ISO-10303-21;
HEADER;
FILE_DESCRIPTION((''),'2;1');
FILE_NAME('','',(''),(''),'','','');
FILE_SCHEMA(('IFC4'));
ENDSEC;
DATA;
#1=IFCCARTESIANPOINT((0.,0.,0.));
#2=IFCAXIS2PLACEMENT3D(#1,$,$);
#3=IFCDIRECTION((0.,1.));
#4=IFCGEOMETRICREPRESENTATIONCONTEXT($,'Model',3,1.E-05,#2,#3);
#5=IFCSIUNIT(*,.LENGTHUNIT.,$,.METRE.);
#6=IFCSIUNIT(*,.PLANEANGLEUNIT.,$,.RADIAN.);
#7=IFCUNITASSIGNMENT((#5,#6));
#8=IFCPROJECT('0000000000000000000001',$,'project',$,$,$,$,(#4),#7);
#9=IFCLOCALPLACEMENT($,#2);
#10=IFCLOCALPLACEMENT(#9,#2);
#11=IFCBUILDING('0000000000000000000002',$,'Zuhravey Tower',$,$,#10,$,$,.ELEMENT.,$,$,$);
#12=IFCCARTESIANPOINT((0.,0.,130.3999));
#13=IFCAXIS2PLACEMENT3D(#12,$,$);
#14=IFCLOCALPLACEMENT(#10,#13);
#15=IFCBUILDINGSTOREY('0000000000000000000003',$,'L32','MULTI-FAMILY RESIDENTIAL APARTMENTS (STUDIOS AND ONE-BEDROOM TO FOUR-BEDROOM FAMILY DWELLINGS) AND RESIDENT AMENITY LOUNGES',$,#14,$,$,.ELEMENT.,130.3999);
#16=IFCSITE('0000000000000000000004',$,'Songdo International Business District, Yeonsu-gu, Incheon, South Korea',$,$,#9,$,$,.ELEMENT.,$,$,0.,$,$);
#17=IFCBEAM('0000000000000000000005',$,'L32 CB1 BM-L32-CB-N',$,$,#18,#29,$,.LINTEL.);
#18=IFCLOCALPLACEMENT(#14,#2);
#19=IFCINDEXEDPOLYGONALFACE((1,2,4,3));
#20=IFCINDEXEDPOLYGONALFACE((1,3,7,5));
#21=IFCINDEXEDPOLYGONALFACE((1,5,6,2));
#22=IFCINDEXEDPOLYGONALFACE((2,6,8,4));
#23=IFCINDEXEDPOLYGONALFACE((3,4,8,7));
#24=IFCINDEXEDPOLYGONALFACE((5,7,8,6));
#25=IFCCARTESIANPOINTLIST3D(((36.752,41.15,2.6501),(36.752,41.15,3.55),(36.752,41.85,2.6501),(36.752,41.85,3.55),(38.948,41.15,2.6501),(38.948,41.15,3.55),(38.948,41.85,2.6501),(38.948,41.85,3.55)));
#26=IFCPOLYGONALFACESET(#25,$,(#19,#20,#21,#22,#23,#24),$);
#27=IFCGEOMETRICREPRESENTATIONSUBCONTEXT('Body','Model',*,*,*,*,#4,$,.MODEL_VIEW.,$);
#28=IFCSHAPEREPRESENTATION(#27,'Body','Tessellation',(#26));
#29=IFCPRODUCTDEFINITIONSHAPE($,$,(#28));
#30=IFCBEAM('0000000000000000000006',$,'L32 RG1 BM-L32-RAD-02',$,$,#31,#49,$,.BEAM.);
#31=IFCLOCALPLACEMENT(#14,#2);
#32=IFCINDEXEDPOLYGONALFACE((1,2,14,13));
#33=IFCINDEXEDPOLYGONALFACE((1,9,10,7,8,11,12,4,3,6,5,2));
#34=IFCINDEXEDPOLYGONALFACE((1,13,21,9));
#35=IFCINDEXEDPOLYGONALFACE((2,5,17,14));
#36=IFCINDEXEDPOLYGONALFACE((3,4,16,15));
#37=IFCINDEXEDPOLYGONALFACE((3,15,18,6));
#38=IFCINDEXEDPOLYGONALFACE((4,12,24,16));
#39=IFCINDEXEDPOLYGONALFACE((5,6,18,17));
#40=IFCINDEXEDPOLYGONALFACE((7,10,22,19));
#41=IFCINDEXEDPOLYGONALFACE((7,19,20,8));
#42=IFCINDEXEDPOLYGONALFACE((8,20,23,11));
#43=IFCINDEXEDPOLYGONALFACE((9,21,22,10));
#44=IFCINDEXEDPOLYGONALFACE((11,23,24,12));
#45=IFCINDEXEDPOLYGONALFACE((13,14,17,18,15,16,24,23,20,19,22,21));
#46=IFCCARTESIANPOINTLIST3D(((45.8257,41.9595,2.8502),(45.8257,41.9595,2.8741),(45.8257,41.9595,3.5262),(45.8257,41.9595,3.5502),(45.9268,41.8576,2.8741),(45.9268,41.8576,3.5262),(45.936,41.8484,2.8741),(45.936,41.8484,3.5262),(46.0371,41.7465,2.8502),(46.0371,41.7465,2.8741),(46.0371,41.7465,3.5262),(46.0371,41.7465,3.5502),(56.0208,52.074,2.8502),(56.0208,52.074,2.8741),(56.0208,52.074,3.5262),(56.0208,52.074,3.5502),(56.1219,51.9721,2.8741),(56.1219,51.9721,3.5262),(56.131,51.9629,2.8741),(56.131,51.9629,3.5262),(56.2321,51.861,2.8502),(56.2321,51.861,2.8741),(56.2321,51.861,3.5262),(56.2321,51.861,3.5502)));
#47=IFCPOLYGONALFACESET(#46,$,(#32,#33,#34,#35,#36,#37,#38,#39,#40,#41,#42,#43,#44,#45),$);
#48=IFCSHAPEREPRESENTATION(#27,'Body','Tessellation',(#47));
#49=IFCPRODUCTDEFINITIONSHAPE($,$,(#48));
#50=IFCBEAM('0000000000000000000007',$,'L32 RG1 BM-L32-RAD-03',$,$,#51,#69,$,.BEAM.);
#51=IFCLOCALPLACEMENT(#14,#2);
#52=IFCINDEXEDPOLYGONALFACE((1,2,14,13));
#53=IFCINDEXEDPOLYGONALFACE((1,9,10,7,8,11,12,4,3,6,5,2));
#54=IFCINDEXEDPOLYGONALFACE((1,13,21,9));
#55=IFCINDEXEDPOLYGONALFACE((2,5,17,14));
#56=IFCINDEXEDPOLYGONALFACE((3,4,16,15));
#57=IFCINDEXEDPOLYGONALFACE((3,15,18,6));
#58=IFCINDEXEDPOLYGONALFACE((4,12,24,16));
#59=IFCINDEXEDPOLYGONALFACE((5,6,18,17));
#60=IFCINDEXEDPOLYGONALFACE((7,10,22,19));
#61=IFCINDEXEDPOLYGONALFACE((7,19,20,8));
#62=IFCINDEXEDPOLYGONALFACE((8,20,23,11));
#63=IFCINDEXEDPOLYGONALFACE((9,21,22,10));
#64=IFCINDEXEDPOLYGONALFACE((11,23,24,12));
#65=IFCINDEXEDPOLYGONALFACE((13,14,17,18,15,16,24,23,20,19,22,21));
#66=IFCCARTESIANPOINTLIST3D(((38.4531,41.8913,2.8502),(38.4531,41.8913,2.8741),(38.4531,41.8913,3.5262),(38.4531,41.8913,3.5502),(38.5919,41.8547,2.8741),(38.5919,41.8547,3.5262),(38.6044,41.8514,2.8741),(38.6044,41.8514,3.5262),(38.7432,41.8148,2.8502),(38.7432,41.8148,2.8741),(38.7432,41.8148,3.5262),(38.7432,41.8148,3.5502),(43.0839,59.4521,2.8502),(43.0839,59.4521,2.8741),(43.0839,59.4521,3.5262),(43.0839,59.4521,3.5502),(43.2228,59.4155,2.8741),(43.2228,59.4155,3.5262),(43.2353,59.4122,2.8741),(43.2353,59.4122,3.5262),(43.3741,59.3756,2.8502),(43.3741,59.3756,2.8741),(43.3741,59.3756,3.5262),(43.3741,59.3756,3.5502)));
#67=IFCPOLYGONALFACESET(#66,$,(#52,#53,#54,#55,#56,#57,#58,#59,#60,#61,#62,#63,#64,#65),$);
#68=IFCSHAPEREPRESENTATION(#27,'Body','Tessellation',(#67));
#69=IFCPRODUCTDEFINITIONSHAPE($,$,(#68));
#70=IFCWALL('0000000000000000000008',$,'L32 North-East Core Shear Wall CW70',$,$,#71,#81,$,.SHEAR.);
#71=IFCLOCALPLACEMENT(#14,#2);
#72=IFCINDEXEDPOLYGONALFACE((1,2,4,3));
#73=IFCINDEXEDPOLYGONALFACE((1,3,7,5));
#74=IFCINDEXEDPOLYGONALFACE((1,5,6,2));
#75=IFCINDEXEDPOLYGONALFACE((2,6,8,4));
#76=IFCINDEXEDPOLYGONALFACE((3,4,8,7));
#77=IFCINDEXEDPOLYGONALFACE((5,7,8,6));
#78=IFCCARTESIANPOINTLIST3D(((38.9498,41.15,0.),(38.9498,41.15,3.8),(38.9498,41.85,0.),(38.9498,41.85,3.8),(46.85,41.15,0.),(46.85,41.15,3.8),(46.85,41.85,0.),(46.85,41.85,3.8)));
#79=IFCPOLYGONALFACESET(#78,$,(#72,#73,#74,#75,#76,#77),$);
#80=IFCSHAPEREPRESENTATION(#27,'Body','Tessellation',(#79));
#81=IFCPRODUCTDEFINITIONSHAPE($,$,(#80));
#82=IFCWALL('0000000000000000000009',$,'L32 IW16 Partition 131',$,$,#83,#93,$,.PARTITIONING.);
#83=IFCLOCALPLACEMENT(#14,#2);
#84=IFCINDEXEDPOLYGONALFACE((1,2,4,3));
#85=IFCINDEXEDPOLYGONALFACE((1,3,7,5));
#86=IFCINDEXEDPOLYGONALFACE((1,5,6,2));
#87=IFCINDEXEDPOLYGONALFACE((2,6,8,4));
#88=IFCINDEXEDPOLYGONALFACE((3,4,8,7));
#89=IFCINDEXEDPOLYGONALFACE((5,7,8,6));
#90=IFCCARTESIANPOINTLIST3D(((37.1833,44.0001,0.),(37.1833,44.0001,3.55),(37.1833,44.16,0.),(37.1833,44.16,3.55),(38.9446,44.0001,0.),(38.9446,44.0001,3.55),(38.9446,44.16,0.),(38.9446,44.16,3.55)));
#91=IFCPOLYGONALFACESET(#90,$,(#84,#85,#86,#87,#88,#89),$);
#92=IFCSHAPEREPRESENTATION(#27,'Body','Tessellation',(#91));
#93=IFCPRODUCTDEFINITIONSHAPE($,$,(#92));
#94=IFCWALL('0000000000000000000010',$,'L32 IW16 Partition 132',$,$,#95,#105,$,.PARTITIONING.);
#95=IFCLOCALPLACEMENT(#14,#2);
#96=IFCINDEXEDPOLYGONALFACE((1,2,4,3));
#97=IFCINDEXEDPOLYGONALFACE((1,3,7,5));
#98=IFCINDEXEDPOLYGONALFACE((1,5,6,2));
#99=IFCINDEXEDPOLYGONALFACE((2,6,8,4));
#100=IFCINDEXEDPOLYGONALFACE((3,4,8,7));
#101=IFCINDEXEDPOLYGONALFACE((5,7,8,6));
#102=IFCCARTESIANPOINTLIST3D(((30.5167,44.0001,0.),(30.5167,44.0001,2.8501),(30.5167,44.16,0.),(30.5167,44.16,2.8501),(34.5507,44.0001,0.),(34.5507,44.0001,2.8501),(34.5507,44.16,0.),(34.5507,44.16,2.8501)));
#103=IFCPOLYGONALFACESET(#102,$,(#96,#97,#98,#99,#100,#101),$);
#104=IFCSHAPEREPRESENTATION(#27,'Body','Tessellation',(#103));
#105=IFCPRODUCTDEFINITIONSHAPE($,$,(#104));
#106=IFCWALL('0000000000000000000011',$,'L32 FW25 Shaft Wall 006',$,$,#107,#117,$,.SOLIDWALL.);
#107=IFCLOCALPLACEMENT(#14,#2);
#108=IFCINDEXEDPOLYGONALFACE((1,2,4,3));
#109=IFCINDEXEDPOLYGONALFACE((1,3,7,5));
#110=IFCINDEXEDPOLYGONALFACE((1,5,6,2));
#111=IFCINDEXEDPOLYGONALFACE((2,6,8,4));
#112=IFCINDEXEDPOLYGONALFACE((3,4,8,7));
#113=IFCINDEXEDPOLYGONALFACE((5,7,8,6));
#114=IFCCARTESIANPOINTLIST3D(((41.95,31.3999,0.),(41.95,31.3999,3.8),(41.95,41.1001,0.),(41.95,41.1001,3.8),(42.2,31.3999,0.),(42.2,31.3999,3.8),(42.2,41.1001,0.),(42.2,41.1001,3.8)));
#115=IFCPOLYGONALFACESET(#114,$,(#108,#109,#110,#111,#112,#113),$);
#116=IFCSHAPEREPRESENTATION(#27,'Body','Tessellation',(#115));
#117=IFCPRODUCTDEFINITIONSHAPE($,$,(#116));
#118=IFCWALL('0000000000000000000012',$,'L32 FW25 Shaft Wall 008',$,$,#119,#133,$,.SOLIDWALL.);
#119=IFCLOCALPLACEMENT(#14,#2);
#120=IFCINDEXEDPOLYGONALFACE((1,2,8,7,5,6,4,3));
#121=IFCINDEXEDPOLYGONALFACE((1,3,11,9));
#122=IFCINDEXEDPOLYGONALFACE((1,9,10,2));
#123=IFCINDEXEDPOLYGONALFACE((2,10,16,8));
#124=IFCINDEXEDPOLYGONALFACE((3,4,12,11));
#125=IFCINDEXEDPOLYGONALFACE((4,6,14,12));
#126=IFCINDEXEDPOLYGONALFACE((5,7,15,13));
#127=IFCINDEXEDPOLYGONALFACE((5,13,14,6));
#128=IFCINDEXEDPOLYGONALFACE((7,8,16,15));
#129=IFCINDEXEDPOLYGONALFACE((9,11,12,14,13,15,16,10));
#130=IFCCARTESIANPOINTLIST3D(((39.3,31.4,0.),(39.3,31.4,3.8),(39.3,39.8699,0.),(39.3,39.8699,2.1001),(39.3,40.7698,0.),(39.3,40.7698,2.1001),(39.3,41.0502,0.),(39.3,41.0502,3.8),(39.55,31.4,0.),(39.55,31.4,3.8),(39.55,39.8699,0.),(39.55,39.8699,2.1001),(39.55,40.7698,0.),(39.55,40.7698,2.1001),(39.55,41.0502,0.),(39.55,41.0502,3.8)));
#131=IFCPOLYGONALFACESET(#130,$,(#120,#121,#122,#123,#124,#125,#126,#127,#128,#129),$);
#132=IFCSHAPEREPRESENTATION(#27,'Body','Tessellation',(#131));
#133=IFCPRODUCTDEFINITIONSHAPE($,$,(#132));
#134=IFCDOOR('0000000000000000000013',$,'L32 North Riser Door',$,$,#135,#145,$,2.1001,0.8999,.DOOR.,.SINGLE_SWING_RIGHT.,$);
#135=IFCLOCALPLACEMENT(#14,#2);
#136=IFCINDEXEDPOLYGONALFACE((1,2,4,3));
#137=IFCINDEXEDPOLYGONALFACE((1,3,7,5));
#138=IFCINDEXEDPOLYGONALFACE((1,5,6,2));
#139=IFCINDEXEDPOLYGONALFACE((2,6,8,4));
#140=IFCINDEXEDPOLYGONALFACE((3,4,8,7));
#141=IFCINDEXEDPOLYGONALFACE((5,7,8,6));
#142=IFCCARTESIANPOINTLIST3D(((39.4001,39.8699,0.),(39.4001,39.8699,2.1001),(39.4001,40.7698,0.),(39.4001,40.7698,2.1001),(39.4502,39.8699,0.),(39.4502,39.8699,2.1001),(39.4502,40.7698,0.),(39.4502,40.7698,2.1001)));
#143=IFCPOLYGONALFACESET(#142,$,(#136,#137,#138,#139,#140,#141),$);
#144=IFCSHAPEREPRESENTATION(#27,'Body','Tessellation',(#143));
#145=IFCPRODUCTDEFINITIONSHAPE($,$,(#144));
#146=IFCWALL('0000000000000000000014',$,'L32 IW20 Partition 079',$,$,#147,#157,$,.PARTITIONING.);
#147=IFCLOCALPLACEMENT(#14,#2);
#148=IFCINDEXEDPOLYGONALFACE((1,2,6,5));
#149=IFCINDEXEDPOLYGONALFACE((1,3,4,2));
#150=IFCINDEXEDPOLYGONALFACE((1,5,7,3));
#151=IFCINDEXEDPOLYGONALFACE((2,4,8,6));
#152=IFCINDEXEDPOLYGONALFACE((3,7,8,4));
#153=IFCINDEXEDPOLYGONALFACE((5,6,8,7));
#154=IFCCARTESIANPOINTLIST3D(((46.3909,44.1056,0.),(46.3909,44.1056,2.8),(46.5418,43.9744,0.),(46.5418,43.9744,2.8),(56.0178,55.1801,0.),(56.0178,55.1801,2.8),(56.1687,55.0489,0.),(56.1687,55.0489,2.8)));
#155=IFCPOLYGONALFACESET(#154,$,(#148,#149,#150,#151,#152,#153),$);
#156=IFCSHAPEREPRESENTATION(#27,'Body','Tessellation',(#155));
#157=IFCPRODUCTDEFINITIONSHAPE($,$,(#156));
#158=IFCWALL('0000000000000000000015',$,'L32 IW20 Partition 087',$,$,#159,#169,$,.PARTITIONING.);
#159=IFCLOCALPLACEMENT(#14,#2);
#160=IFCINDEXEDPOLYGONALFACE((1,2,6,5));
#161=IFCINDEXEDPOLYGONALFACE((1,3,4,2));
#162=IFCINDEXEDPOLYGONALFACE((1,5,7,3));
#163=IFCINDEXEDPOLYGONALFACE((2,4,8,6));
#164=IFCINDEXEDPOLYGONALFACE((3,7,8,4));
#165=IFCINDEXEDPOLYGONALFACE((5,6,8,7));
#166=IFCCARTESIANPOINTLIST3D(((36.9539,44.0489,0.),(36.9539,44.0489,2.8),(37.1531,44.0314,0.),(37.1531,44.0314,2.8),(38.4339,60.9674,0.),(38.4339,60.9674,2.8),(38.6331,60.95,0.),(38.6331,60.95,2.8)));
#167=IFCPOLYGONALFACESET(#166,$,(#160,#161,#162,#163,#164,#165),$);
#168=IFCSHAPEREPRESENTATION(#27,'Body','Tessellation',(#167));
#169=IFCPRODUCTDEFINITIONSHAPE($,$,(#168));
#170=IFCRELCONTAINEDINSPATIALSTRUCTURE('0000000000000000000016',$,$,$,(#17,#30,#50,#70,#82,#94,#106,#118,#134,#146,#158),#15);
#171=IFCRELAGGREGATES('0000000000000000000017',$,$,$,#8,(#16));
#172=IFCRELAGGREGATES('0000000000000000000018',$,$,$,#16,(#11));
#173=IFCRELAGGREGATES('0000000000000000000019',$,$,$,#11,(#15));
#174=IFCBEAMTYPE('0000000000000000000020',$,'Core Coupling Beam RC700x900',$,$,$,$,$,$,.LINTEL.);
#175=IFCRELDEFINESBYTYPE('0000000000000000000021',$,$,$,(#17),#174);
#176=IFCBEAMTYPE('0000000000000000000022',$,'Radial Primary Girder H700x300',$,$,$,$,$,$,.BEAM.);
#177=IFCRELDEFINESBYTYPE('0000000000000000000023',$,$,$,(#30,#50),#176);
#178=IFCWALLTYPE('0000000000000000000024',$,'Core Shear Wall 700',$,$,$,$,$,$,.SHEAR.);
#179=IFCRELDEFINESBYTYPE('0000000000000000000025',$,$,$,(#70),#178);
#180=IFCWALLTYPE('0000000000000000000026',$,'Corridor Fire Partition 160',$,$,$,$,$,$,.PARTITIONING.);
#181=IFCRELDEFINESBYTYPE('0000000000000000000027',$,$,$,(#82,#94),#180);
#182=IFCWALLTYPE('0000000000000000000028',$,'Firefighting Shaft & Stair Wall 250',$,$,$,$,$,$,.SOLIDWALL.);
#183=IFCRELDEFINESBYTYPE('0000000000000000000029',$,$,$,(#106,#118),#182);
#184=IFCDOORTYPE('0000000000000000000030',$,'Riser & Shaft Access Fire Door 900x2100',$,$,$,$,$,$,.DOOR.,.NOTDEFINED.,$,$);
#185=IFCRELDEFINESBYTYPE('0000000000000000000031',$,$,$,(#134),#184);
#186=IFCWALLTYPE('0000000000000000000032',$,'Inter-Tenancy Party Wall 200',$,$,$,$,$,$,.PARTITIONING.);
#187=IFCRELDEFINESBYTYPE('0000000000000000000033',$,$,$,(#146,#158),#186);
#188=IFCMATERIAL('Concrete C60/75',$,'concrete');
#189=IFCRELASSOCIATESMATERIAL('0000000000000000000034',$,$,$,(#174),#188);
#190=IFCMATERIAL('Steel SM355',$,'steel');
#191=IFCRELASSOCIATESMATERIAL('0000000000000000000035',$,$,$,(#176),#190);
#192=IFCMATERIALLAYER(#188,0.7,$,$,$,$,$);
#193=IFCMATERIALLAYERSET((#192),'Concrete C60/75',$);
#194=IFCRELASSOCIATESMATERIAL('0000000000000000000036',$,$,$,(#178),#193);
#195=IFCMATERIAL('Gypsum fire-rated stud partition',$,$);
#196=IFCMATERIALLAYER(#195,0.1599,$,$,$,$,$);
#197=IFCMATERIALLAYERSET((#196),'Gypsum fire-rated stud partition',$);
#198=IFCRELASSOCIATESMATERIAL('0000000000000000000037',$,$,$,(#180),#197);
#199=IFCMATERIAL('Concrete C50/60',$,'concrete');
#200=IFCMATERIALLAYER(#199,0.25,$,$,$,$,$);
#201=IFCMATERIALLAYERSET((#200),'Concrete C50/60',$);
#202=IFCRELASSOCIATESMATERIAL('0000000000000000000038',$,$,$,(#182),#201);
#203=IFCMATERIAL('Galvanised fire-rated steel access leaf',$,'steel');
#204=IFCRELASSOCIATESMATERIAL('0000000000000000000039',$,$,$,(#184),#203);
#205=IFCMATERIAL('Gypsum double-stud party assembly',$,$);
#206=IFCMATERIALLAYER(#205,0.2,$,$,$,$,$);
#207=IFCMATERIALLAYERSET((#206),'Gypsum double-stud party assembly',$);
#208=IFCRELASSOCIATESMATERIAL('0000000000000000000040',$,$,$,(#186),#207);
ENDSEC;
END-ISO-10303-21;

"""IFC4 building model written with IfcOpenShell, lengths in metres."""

from ifc_helpers import new_model, si_unit, direction, frame, frame_2d, origin, origin_2d, place, context, subcontext, project, spatial, rectangle, i_section, extrude, material, layer, layer_set, material_profile, profile_set, type_object, element, fill, save


model = new_model("IFC4")

# Units and contexts
model_context = context("Model", 3, precision=1e-05, world=origin(), true_north=direction((0.0, 1.0)))
body_context = subcontext(model_context, "Body", "Model", "MODEL_VIEW")
ifc_project = project(units=[si_unit("LENGTHUNIT", "METRE"), si_unit("PLANEANGLEUNIT", "RADIAN")], contexts=[model_context])

# Site, building, storey
site_placement = place(None, origin())
site = spatial("IfcSite", under=ifc_project, at=site_placement, Name="Songdo International Business District, Yeonsu-gu, Incheon, South Korea", CompositionType="ELEMENT", RefElevation=0.0)
building_placement = place(site_placement, origin())
building = spatial("IfcBuilding", under=site, at=building_placement, Name="Zuhravey Tower", CompositionType="ELEMENT")
storey_placement = place(building_placement, frame((0.0, 0.0, 130.3999)))
storey = spatial("IfcBuildingStorey", under=building, at=storey_placement, Name="L32", Description="MULTI-FAMILY RESIDENTIAL APARTMENTS (STUDIOS AND ONE-BEDROOM TO FOUR-BEDROOM FAMILY DWELLINGS) AND RESIDENT AMENITY LOUNGES", CompositionType="ELEMENT", Elevation=130.3999)

# Beams
ifc_material_1 = material(Name="Concrete C60/75", Category="concrete")
ifc_material_profile_1 = material_profile(ifc_material_1, rectangle(XDim=0.7, YDim=0.8999, at=origin_2d()), Name="RC-700x900")
ifc_profile_set_1 = profile_set([ifc_material_profile_1], Name="Concrete C60/75")
beam_type_1 = type_object("IfcBeamType", Name="Core Coupling Beam RC700x900", PredefinedType="LINTEL", material=ifc_profile_set_1)
beam_1_placement = place(storey_placement, frame((36.752, 41.5, 3.1001), z_axis=(1.0, 0.0, 0.0), x_axis=(0.0, 1.0, 0.0)))
element("IfcBeam", 1, at=beam_1_placement, inside=storey, type_object=beam_type_1, Name="L32 CB1 BM-L32-CB-N", PredefinedType="LINTEL", context=body_context, shape_type="SweptSolid", body=[
    extrude(rectangle(XDim=0.7, YDim=0.8999, at=origin_2d()), origin(), (0.0, 0.0, 1.0), 2.196),
])
ifc_material_2 = material(Name="Steel SM355", Category="steel")
ifc_material_profile_2 = material_profile(ifc_material_2, i_section(OverallWidth=0.3, OverallDepth=0.7, WebThickness=0.0129, FlangeThickness=0.0239, at=origin_2d()), Name="H-700x300x13x24")
ifc_profile_set_2 = profile_set([ifc_material_profile_2], Name="Steel SM355")
beam_type_2 = type_object("IfcBeamType", Name="Radial Primary Girder H700x300", PredefinedType="BEAM", material=ifc_profile_set_2)
beam_2_placement = place(storey_placement, frame((45.9314, 41.853, 3.2002), z_axis=(0.709906, 0.704296, 0.0), x_axis=(-0.704296, 0.709906, 0.0)))
element("IfcBeam", 2, at=beam_2_placement, inside=storey, type_object=beam_type_2, Name="L32 RG1 BM-L32-RAD-02", PredefinedType="BEAM", context=body_context, shape_type="SweptSolid", body=[
    extrude(i_section(OverallWidth=0.3, OverallDepth=0.7, WebThickness=0.0129, FlangeThickness=0.0239, at=origin_2d()), origin(), (0.0, 0.0, 1.0), 14.3611),
])
beam_3_placement = place(storey_placement, frame((38.5981, 41.853, 3.2002), z_axis=(0.254988, 0.966944, 0.0), x_axis=(-0.966944, 0.254988, 0.0)))
element("IfcBeam", 3, at=beam_3_placement, inside=storey, type_object=beam_type_2, Name="L32 RG1 BM-L32-RAD-03", PredefinedType="BEAM", context=body_context, shape_type="SweptSolid", body=[
    extrude(i_section(OverallWidth=0.3, OverallDepth=0.7, WebThickness=0.0129, FlangeThickness=0.0239, at=origin_2d()), origin(), (0.0, 0.0, 1.0), 18.1611),
])

# Wall
ifc_layer_1 = layer(ifc_material_1, 0.7)
ifc_layer_set_1 = layer_set([ifc_layer_1], Name="Concrete C60/75")
wall_type_1 = type_object("IfcWallType", Name="Core Shear Wall 700", PredefinedType="SHEAR", material=ifc_layer_set_1)
wall_1_placement = place(storey_placement, frame((46.8501, 41.5, 0.0), z_axis=(0.0, 0.0, 1.0), x_axis=(-1.0, 0.0, 0.0)))
element("IfcWall", 4, at=wall_1_placement, inside=storey, type_object=wall_type_1, Name="L32 North-East Core Shear Wall CW70", PredefinedType="SHEAR", context=body_context, shape_type="SweptSolid", body=[
    extrude(rectangle(XDim=7.9001, YDim=0.7, at=frame_2d((3.9502, 0.0))), origin(), (0.0, 0.0, 1.0), 3.8),
])

# Shared definitions
ifc_material_3 = material(Name="Gypsum fire-rated stud partition")
ifc_layer_2 = layer(ifc_material_3, 0.1599)
ifc_layer_set_2 = layer_set([ifc_layer_2], Name="Gypsum fire-rated stud partition")
wall_type_2 = type_object("IfcWallType", Name="Corridor Fire Partition 160", PredefinedType="PARTITIONING", material=ifc_layer_set_2)

# Walls
wall_2_placement = place(storey_placement, frame((38.9446, 44.0801, 0.0), z_axis=(0.0, 0.0, 1.0), x_axis=(-1.0, 0.0, 0.0)))
element("IfcWall", 5, at=wall_2_placement, inside=storey, type_object=wall_type_2, Name="L32 IW16 Partition 131", PredefinedType="PARTITIONING", context=body_context, shape_type="SweptSolid", body=[
    extrude(rectangle(XDim=1.7612, YDim=0.1599, at=frame_2d((0.8806, 0.0))), origin(), (0.0, 0.0, 1.0), 3.55),
])
wall_3_placement = place(storey_placement, frame((34.5508, 44.0801, 0.0), z_axis=(0.0, 0.0, 1.0), x_axis=(-1.0, 0.0, 0.0)))
element("IfcWall", 6, at=wall_3_placement, inside=storey, type_object=wall_type_2, Name="L32 IW16 Partition 132", PredefinedType="PARTITIONING", context=body_context, shape_type="SweptSolid", body=[
    extrude(rectangle(XDim=4.0339, YDim=0.1599, at=frame_2d((2.0171, 0.0))), origin(), (0.0, 0.0, 1.0), 2.8501),
])

# Shared definitions
ifc_material_4 = material(Name="Concrete C50/60", Category="concrete")
ifc_layer_3 = layer(ifc_material_4, 0.25)
ifc_layer_set_3 = layer_set([ifc_layer_3], Name="Concrete C50/60")
wall_type_3 = type_object("IfcWallType", Name="Firefighting Shaft & Stair Wall 250", PredefinedType="SOLIDWALL", material=ifc_layer_set_3)

# Wall
wall_4_placement = place(storey_placement, frame((42.075, 31.3999, 0.0), z_axis=(0.0, 0.0, 1.0), x_axis=(0.0, 1.0, 0.0)))
element("IfcWall", 7, at=wall_4_placement, inside=storey, type_object=wall_type_3, Name="L32 FW25 Shaft Wall 006", PredefinedType="SOLIDWALL", context=body_context, shape_type="SweptSolid", body=[
    extrude(rectangle(XDim=9.7002, YDim=0.25, at=frame_2d((4.8501, 0.0))), origin(), (0.0, 0.0, 1.0), 3.8),
])

# Wall, opening, door
wall_5_placement = place(storey_placement, frame((39.425, 31.3999, 0.0), z_axis=(0.0, 0.0, 1.0), x_axis=(0.0, 1.0, 0.0)))
wall_5 = element("IfcWall", 8, at=wall_5_placement, inside=storey, type_object=wall_type_3, Name="L32 FW25 Shaft Wall 008", PredefinedType="SOLIDWALL", context=body_context, shape_type="SweptSolid", body=[
    extrude(rectangle(XDim=9.6501, YDim=0.25, at=frame_2d((4.8252, 0.0))), origin(), (0.0, 0.0, 1.0), 3.8),
])
opening_1_placement = place(wall_5_placement, frame((8.47, 0.0, 0.0)))
opening_1 = element("IfcOpeningElement", 9, at=opening_1_placement, cuts=wall_5, PredefinedType="OPENING", context=body_context, shape_type="SweptSolid", body=[
    extrude(rectangle(XDim=0.8999, YDim=2.1001, at=frame_2d((0.45, 1.05))), frame((0.0, 0.137, 0.0), z_axis=(0.0, -1.0, 0.0), x_axis=(1.0, 0.0, 0.0)), (0.0, 0.0, 1.0), 0.2739),
])
ifc_material_5 = material(Name="Galvanised fire-rated steel access leaf", Category="steel")
door_type_1 = type_object("IfcDoorType", Name="Riser & Shaft Access Fire Door 900x2100", OperationType="NOTDEFINED", PredefinedType="DOOR", material=ifc_material_5)
door_1_placement = place(opening_1_placement, origin())
door_1 = element("IfcDoor", 10, at=door_1_placement, inside=storey, type_object=door_type_1, Name="L32 North Riser Door", OperationType="SINGLE_SWING_RIGHT", OverallHeight=2.1001, OverallWidth=0.8999, PredefinedType="DOOR", context=body_context, shape_type="SweptSolid", body=[
    extrude(rectangle(XDim=0.8999, YDim=2.1001, at=frame_2d((0.45, 1.05))), frame((0.0, 0.0249, 0.0), z_axis=(0.0, -1.0, 0.0), x_axis=(1.0, 0.0, 0.0)), (0.0, 0.0, 1.0), 0.05),
])
fill(opening_1, door_1)

# Walls
ifc_material_6 = material(Name="Gypsum double-stud party assembly")
ifc_layer_4 = layer(ifc_material_6, 0.2)
ifc_layer_set_4 = layer_set([ifc_layer_4], Name="Gypsum double-stud party assembly")
wall_type_4 = type_object("IfcWallType", Name="Inter-Tenancy Party Wall 200", PredefinedType="PARTITIONING", material=ifc_layer_set_4)
wall_6_placement = place(storey_placement, frame((46.4663, 44.04, 0.0), z_axis=(0.0, 0.0, 1.0), x_axis=(0.656062, 0.754707, 0.0)))
element("IfcWall", 11, at=wall_6_placement, inside=storey, type_object=wall_type_4, Name="L32 IW20 Partition 079", PredefinedType="PARTITIONING", context=body_context, shape_type="SweptSolid", body=[
    extrude(rectangle(XDim=14.6738, YDim=0.2, at=frame_2d((7.3369, 0.0))), origin(), (0.0, 0.0, 1.0), 2.8),
])
wall_7_placement = place(storey_placement, frame((37.0535, 44.04, 0.0), z_axis=(0.0, 0.0, 1.0), x_axis=(0.087144, 0.996196, 0.0)))
element("IfcWall", 12, at=wall_7_placement, inside=storey, type_object=wall_type_4, Name="L32 IW20 Partition 087", PredefinedType="PARTITIONING", context=body_context, shape_type="SweptSolid", body=[
    extrude(rectangle(XDim=16.9832, YDim=0.2, at=frame_2d((8.4917, 0.0))), origin(), (0.0, 0.0, 1.0), 2.8),
])

save(model, "model.ifc")
